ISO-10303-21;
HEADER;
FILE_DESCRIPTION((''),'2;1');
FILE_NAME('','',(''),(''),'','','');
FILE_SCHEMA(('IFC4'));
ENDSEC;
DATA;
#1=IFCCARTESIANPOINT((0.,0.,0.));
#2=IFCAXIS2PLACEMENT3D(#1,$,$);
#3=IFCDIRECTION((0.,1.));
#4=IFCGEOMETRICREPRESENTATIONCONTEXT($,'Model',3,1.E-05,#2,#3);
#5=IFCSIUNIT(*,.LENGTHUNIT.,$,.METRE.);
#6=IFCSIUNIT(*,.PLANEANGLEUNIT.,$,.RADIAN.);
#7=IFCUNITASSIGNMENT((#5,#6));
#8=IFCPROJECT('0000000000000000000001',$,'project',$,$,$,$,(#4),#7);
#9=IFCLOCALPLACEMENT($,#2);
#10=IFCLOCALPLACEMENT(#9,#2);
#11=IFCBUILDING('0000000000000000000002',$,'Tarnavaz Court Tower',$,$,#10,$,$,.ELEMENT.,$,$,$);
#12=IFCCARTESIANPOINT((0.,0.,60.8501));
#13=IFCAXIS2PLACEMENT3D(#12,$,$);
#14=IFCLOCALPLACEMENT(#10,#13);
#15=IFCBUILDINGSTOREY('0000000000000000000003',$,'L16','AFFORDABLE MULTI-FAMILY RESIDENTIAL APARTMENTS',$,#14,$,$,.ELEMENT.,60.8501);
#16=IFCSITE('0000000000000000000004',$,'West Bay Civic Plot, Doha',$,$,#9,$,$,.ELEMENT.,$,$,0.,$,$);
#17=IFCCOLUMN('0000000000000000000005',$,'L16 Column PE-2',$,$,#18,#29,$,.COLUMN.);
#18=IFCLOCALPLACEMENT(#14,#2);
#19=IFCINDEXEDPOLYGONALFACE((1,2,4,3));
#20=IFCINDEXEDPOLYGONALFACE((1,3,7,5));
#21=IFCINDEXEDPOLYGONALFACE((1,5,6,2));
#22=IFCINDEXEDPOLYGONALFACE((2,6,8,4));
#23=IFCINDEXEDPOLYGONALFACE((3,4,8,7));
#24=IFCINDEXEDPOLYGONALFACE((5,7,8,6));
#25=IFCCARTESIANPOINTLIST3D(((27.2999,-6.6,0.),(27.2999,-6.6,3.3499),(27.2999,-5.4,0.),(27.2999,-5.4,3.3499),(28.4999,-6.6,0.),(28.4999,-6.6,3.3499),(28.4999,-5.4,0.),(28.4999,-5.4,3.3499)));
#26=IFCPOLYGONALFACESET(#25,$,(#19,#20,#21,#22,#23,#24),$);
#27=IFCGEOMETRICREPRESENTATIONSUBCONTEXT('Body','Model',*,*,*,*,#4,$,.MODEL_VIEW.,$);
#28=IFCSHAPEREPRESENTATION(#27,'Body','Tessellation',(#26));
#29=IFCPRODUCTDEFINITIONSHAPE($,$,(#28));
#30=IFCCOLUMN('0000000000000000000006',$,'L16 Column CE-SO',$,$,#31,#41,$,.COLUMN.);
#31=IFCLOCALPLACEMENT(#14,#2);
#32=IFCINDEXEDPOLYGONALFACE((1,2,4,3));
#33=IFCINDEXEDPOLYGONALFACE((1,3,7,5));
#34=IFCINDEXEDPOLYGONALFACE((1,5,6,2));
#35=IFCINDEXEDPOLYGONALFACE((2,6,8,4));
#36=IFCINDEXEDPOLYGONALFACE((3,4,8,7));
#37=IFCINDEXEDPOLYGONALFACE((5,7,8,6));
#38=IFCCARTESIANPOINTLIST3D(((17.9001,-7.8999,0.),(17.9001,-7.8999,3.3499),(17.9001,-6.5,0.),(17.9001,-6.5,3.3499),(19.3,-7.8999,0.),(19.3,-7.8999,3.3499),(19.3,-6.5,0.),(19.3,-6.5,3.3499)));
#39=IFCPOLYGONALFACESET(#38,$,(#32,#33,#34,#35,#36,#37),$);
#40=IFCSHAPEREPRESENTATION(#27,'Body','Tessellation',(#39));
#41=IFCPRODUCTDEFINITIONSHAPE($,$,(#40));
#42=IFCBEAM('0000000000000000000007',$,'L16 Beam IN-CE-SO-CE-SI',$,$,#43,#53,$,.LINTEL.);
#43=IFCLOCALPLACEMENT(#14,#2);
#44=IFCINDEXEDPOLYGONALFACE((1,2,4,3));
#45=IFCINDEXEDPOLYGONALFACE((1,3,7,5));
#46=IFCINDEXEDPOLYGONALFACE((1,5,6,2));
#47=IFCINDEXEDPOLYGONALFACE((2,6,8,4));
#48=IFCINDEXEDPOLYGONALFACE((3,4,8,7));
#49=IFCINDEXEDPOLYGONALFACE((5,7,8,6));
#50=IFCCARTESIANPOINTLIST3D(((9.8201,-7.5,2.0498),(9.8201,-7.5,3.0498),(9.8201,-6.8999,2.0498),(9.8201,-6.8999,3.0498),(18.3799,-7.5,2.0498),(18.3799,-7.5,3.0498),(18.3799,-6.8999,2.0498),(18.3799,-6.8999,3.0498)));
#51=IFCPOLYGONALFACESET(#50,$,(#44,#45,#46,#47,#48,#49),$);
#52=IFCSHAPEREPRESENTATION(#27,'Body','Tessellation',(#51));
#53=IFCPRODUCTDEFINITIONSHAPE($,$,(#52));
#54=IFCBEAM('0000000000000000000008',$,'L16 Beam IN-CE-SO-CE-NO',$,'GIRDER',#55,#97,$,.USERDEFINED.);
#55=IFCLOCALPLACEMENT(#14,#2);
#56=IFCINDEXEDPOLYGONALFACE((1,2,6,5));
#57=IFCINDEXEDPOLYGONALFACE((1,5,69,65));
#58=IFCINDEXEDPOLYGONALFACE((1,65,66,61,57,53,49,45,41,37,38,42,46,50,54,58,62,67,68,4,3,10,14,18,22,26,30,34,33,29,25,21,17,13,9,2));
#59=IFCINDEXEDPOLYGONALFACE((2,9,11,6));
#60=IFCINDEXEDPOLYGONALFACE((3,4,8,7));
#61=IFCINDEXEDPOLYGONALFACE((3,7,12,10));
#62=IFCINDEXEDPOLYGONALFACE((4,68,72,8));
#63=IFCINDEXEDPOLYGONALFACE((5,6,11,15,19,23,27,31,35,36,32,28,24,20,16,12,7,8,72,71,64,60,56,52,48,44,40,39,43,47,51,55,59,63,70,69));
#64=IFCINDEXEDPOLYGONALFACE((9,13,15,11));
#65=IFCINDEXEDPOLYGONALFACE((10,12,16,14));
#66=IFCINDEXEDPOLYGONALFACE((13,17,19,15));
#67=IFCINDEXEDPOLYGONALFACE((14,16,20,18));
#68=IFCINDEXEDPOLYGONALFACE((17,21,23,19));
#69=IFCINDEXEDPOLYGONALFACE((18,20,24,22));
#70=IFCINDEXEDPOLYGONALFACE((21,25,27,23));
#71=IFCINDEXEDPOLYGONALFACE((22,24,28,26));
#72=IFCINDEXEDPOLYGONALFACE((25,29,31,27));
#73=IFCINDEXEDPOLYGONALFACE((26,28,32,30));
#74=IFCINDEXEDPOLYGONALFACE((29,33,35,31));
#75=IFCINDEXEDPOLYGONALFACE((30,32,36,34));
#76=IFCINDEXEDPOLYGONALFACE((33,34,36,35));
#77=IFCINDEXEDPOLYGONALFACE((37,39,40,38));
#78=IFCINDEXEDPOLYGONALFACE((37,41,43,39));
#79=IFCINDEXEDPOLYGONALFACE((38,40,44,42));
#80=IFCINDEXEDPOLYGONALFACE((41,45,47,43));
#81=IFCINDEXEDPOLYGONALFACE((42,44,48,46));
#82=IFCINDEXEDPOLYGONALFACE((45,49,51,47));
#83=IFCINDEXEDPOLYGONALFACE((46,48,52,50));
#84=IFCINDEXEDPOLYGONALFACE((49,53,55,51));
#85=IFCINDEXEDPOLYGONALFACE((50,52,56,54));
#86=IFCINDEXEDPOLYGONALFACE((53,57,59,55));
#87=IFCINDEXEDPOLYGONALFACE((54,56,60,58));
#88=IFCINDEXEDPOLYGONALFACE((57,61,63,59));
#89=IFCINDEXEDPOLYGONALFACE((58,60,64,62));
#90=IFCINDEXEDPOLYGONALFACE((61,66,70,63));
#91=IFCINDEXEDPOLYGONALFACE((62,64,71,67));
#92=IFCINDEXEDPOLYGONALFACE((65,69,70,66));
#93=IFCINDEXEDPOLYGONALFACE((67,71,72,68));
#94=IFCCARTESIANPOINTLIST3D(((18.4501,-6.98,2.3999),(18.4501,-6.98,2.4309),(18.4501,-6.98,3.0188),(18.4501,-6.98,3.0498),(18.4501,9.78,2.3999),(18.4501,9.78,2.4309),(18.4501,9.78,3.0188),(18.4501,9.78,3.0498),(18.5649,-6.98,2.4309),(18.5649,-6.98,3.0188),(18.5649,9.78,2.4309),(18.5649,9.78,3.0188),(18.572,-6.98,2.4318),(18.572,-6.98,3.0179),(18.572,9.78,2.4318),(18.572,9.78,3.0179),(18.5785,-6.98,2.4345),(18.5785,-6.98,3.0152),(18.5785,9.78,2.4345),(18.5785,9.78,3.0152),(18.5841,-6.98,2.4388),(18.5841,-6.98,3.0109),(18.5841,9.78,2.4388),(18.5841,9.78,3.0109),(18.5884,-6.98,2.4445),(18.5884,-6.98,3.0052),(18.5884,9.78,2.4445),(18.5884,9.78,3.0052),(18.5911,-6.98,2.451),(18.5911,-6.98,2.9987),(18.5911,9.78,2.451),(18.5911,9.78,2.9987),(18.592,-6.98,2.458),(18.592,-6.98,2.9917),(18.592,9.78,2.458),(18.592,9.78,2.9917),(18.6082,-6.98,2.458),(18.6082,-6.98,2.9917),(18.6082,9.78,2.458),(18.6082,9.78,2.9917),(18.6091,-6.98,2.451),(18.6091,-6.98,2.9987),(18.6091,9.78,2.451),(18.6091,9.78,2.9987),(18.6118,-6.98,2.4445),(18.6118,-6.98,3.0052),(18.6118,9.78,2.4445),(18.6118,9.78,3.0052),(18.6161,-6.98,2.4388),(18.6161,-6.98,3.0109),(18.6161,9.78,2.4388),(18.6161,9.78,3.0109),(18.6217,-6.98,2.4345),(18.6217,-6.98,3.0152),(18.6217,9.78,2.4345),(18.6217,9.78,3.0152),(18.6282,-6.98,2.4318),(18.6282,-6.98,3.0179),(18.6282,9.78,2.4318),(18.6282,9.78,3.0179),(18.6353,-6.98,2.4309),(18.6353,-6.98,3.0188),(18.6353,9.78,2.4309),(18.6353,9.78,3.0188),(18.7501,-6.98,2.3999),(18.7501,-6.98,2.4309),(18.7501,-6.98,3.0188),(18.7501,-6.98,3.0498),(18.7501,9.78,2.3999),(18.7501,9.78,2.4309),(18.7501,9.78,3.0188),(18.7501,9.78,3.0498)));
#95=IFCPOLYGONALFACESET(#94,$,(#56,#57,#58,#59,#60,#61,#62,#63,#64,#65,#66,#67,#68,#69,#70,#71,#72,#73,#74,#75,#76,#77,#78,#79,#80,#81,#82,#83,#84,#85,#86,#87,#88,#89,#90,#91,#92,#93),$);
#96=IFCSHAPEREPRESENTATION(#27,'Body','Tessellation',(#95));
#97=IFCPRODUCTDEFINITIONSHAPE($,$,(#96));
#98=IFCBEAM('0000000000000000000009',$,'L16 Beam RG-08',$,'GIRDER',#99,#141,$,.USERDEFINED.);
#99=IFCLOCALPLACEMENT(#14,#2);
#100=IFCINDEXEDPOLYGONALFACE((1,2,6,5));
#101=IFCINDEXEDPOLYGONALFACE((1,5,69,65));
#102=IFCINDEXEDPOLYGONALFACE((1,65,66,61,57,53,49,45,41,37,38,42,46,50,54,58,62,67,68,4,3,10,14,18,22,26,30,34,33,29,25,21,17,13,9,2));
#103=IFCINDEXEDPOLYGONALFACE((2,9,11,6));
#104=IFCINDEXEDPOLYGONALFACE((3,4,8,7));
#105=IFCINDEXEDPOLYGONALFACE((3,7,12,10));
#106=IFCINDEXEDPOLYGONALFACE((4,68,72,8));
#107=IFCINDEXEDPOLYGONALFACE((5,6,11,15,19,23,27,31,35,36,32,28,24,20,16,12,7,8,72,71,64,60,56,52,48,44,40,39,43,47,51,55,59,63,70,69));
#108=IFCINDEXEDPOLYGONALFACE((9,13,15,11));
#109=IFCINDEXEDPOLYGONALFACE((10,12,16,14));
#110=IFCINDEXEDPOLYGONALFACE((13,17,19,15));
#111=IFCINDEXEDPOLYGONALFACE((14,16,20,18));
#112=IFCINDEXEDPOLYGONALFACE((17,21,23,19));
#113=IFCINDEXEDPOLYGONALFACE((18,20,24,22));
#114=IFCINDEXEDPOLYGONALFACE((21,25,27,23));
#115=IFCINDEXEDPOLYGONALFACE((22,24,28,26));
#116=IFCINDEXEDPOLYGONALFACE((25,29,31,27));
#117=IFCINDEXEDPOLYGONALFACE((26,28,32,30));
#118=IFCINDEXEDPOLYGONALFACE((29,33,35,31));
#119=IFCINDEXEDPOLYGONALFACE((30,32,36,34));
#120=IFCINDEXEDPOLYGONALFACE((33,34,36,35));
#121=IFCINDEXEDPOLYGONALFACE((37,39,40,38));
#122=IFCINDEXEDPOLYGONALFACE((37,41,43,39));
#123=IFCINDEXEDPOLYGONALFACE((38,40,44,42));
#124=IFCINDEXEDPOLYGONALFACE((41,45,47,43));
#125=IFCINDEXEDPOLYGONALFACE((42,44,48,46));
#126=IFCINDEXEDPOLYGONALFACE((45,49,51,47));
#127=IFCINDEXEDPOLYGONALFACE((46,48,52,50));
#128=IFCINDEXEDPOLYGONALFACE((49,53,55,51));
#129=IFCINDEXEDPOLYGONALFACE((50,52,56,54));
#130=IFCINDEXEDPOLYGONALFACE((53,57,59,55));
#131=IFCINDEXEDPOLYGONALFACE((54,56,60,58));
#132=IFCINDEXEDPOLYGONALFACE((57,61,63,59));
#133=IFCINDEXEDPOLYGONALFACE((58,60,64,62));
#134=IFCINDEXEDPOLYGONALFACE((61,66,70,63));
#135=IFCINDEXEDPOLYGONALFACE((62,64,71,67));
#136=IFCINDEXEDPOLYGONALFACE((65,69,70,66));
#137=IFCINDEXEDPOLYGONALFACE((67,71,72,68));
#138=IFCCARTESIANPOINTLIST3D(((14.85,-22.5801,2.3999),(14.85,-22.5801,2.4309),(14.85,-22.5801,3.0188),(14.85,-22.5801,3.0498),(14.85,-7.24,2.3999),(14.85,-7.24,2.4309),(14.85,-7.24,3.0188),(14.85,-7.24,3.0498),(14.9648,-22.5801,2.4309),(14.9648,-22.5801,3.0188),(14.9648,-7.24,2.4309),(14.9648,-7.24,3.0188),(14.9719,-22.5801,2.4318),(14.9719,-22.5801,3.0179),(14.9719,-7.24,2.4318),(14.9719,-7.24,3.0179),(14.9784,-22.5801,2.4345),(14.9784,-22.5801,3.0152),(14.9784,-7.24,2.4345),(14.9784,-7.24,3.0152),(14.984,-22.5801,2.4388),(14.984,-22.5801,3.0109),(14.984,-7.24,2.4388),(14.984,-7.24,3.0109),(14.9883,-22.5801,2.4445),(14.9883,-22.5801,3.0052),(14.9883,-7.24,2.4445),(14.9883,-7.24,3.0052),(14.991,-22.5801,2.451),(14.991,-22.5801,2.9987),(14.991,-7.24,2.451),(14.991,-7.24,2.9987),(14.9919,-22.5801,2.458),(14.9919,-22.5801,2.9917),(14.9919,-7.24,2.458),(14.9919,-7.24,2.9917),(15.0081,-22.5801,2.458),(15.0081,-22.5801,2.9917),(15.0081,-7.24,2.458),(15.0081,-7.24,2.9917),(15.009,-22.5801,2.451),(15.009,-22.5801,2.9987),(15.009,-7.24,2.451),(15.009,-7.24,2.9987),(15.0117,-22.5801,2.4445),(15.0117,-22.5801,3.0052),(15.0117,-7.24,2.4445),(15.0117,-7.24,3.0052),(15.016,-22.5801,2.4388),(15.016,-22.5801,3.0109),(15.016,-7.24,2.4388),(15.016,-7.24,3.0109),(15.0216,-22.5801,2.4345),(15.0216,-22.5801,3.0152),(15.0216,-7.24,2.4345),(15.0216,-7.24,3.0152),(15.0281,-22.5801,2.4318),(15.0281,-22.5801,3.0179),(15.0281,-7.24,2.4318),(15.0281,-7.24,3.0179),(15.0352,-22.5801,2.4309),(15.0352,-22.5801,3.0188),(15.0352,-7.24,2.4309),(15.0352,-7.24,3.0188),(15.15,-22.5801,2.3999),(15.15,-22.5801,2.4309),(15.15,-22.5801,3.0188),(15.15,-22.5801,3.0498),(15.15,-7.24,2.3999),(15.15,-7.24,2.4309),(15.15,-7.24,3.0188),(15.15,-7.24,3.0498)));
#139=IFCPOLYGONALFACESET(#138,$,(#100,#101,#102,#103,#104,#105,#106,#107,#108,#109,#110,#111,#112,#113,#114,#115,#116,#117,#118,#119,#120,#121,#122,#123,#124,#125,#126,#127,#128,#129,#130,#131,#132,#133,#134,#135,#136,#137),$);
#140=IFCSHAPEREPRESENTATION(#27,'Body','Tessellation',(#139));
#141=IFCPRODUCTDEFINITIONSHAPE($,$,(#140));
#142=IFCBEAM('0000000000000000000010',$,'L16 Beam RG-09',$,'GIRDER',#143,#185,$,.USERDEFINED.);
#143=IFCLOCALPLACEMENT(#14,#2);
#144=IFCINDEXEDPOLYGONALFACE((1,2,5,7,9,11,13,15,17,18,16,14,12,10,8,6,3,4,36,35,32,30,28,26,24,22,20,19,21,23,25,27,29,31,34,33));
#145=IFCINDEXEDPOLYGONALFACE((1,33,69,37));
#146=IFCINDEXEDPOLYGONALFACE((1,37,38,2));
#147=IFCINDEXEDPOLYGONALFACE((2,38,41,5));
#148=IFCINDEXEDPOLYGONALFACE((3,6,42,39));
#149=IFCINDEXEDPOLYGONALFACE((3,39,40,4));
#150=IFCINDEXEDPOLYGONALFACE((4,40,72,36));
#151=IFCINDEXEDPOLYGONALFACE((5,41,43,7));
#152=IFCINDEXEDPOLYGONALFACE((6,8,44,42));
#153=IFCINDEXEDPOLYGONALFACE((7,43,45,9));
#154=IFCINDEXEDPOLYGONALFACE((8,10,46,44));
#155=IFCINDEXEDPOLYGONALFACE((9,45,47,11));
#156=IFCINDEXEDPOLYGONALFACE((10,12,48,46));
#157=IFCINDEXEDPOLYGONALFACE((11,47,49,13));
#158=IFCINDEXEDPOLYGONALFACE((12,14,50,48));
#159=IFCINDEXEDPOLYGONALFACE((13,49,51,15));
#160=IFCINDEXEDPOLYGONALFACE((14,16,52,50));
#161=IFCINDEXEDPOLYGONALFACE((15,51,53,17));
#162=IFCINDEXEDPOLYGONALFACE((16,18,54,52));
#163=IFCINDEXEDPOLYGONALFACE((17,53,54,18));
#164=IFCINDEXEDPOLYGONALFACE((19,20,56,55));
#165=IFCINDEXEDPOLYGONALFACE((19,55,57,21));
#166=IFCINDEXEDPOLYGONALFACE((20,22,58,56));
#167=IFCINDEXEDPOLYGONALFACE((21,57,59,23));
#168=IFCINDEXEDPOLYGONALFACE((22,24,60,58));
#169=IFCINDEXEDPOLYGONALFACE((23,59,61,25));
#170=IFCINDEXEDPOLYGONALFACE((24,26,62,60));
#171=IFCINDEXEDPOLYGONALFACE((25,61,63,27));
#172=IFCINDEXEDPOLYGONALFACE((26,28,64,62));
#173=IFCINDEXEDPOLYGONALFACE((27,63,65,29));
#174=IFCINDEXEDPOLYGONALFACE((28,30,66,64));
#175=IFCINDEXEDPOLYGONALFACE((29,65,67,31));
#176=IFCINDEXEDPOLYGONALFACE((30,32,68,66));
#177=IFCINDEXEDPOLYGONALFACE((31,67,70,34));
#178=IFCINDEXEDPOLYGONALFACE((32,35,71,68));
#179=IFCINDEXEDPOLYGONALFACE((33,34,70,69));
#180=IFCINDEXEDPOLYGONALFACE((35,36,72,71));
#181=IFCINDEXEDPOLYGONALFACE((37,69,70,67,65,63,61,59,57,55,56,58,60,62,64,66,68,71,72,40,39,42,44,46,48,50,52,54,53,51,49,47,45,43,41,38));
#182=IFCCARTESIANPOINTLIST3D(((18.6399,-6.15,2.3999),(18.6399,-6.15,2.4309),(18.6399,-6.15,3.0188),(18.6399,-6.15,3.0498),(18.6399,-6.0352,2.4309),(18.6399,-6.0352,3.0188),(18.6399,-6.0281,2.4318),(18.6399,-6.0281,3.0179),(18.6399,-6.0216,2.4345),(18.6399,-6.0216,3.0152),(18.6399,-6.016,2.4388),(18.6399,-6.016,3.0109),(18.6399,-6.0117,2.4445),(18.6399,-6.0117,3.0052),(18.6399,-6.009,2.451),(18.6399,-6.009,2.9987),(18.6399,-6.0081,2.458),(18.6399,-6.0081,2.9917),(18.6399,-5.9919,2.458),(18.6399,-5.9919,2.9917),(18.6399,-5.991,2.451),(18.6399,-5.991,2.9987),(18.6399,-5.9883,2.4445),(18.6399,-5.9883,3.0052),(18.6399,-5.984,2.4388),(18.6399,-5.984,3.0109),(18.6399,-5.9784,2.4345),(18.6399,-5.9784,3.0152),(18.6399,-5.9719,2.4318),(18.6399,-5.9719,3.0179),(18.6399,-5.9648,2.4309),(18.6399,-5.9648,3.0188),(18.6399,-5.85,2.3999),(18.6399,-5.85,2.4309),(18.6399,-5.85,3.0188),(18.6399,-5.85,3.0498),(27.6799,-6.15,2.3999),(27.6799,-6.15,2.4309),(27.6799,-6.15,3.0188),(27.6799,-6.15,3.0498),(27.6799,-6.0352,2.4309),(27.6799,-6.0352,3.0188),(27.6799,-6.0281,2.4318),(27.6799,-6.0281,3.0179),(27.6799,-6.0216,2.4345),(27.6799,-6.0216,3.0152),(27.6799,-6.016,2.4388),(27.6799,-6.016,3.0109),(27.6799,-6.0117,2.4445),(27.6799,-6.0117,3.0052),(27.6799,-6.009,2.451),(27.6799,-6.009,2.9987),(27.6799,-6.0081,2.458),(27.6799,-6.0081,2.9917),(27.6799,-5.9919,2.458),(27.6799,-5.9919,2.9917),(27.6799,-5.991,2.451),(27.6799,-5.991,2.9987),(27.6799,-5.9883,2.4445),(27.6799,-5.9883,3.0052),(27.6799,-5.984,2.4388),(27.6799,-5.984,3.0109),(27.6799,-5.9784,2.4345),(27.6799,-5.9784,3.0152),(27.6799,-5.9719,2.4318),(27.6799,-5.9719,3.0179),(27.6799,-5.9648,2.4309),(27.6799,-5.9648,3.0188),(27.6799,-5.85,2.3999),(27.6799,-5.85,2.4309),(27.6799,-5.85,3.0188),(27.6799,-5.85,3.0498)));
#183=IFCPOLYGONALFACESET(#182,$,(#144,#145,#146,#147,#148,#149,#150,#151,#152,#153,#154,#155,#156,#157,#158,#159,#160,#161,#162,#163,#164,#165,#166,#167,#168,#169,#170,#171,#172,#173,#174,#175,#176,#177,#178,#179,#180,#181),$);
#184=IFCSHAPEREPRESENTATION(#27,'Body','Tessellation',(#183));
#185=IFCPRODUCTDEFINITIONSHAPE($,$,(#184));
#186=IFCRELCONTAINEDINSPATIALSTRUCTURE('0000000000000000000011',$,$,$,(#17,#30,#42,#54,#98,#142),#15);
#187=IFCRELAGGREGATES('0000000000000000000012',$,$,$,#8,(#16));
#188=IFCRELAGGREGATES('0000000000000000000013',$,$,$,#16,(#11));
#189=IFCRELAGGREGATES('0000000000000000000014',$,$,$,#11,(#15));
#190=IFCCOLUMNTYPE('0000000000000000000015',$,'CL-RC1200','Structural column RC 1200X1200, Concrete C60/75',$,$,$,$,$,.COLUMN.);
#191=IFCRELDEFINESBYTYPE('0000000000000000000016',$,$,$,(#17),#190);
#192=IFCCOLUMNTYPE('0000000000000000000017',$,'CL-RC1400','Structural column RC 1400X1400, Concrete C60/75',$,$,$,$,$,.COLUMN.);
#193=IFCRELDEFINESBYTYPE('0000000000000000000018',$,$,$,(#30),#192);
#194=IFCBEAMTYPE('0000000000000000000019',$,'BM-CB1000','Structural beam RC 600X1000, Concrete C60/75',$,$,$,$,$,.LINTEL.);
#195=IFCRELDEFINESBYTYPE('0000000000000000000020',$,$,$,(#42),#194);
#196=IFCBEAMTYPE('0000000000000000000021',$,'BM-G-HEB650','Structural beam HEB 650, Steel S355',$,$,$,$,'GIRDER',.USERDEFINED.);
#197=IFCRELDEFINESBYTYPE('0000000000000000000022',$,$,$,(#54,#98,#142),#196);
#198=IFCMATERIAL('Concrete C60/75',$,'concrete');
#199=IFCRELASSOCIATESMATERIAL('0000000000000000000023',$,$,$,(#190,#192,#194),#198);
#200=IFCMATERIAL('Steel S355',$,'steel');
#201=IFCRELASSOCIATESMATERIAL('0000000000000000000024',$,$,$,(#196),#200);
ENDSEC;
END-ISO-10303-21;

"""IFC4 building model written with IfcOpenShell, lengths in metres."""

from ifc_helpers import new_model, si_unit, direction, frame, origin, origin_2d, place, context, subcontext, project, spatial, rectangle, i_section, extrude, material, material_profile, profile_set, type_object, element, save


model = new_model("IFC4")

# Units and contexts
model_context = context("Model", 3, precision=1e-05, world=origin(), true_north=direction((0.0, 1.0)))
body_context = subcontext(model_context, "Body", "Model", "MODEL_VIEW")
ifc_project = project(units=[si_unit("LENGTHUNIT", "METRE"), si_unit("PLANEANGLEUNIT", "RADIAN")], contexts=[model_context])

# Site, building, storey
site_placement = place(None, origin())
site = spatial("IfcSite", under=ifc_project, at=site_placement, Name="West Bay Civic Plot, Doha", CompositionType="ELEMENT", RefElevation=0.0)
building_placement = place(site_placement, origin())
building = spatial("IfcBuilding", under=site, at=building_placement, Name="Tarnavaz Court Tower", CompositionType="ELEMENT")
storey_placement = place(building_placement, frame((0.0, 0.0, 60.8501)))
storey = spatial("IfcBuildingStorey", under=building, at=storey_placement, Name="L16", Description="AFFORDABLE MULTI-FAMILY RESIDENTIAL APARTMENTS", CompositionType="ELEMENT", Elevation=60.8501)

# Columns
ifc_material_1 = material(Name="Concrete C60/75", Category="concrete")
ifc_material_profile_1 = material_profile(ifc_material_1, rectangle(XDim=1.2, YDim=1.2, at=origin_2d()), Name="RC 1200X1200")
ifc_profile_set_1 = profile_set([ifc_material_profile_1], Name="Concrete C60/75")
column_type_1 = type_object("IfcColumnType", Name="CL-RC1200", Description="Structural column RC 1200X1200, Concrete C60/75", PredefinedType="COLUMN", material=ifc_profile_set_1)
column_1_placement = place(storey_placement, frame((27.8999, -6.0, 0.0), z_axis=(0.0, 0.0, 1.0), x_axis=(1.0, 0.0, 0.0)))
element("IfcColumn", 1, at=column_1_placement, inside=storey, type_object=column_type_1, Name="L16 Column PE-2", PredefinedType="COLUMN", context=body_context, shape_type="SweptSolid", body=[
    extrude(rectangle(XDim=1.2, YDim=1.2, at=origin_2d()), origin(), (0.0, 0.0, 1.0), 3.3499),
])
ifc_material_profile_2 = material_profile(ifc_material_1, rectangle(XDim=1.3999, YDim=1.3999, at=origin_2d()), Name="RC 1400X1400")
ifc_profile_set_2 = profile_set([ifc_material_profile_2], Name="Concrete C60/75")
column_type_2 = type_object("IfcColumnType", Name="CL-RC1400", Description="Structural column RC 1400X1400, Concrete C60/75", PredefinedType="COLUMN", material=ifc_profile_set_2)
column_2_placement = place(storey_placement, frame((18.6001, -7.2, 0.0), z_axis=(0.0, 0.0, 1.0), x_axis=(1.0, 0.0, 0.0)))
element("IfcColumn", 2, at=column_2_placement, inside=storey, type_object=column_type_2, Name="L16 Column CE-SO", PredefinedType="COLUMN", context=body_context, shape_type="SweptSolid", body=[
    extrude(rectangle(XDim=1.3999, YDim=1.3999, at=origin_2d()), origin(), (0.0, 0.0, 1.0), 3.3499),
])

# Beams
ifc_material_profile_3 = material_profile(ifc_material_1, rectangle(XDim=0.6001, YDim=1.0, at=origin_2d()), Name="RC 600X1000")
ifc_profile_set_3 = profile_set([ifc_material_profile_3], Name="Concrete C60/75")
beam_type_1 = type_object("IfcBeamType", Name="BM-CB1000", Description="Structural beam RC 600X1000, Concrete C60/75", PredefinedType="LINTEL", material=ifc_profile_set_3)
beam_1_placement = place(storey_placement, frame((18.3799, -7.2, 2.5498), z_axis=(-1.0, 0.0, 0.0), x_axis=(0.0, -1.0, 0.0)))
element("IfcBeam", 3, at=beam_1_placement, inside=storey, type_object=beam_type_1, Name="L16 Beam IN-CE-SO-CE-SI", PredefinedType="LINTEL", context=body_context, shape_type="SweptSolid", body=[
    extrude(rectangle(XDim=0.6001, YDim=1.0, at=origin_2d()), origin(), (0.0, 0.0, 1.0), 8.5598),
])
ifc_material_2 = material(Name="Steel S355", Category="steel")
ifc_material_profile_4 = material_profile(ifc_material_2, i_section(OverallWidth=0.3, OverallDepth=0.6499, WebThickness=0.0161, FlangeThickness=0.031, FilletRadius=0.0271, at=origin_2d()), Name="HEB 650")
ifc_profile_set_4 = profile_set([ifc_material_profile_4], Name="Steel S355")
beam_type_2 = type_object("IfcBeamType", Name="BM-G-HEB650", Description="Structural beam HEB 650, Steel S355", ElementType="GIRDER", PredefinedType="USERDEFINED", material=ifc_profile_set_4)
beam_2_placement = place(storey_placement, frame((18.6001, -6.98, 2.7249), z_axis=(0.0, 1.0, 0.0), x_axis=(-1.0, 0.0, 0.0)))
element("IfcBeam", 4, at=beam_2_placement, inside=storey, type_object=beam_type_2, Name="L16 Beam IN-CE-SO-CE-NO", ObjectType="GIRDER", PredefinedType="USERDEFINED", context=body_context, shape_type="SweptSolid", body=[
    extrude(i_section(OverallWidth=0.3, OverallDepth=0.6499, WebThickness=0.0161, FlangeThickness=0.031, FilletRadius=0.0271, at=origin_2d()), origin(), (0.0, 0.0, 1.0), 16.76),
])
beam_3_placement = place(storey_placement, frame((15.0, -7.24, 2.7249), z_axis=(0.0, -1.0, 0.0), x_axis=(1.0, 0.0, 0.0)))
element("IfcBeam", 5, at=beam_3_placement, inside=storey, type_object=beam_type_2, Name="L16 Beam RG-08", ObjectType="GIRDER", PredefinedType="USERDEFINED", context=body_context, shape_type="SweptSolid", body=[
    extrude(i_section(OverallWidth=0.3, OverallDepth=0.6499, WebThickness=0.0161, FlangeThickness=0.031, FilletRadius=0.0271, at=origin_2d()), origin(), (0.0, 0.0, 1.0), 15.3401),
])
beam_4_placement = place(storey_placement, frame((18.6399, -6.0, 2.7249), z_axis=(1.0, 0.0, 0.0), x_axis=(0.0, 1.0, 0.0)))
element("IfcBeam", 6, at=beam_4_placement, inside=storey, type_object=beam_type_2, Name="L16 Beam RG-09", ObjectType="GIRDER", PredefinedType="USERDEFINED", context=body_context, shape_type="SweptSolid", body=[
    extrude(i_section(OverallWidth=0.3, OverallDepth=0.6499, WebThickness=0.0161, FlangeThickness=0.031, FilletRadius=0.0271, at=origin_2d()), origin(), (0.0, 0.0, 1.0), 9.04),
])

save(model, "model.ifc")
